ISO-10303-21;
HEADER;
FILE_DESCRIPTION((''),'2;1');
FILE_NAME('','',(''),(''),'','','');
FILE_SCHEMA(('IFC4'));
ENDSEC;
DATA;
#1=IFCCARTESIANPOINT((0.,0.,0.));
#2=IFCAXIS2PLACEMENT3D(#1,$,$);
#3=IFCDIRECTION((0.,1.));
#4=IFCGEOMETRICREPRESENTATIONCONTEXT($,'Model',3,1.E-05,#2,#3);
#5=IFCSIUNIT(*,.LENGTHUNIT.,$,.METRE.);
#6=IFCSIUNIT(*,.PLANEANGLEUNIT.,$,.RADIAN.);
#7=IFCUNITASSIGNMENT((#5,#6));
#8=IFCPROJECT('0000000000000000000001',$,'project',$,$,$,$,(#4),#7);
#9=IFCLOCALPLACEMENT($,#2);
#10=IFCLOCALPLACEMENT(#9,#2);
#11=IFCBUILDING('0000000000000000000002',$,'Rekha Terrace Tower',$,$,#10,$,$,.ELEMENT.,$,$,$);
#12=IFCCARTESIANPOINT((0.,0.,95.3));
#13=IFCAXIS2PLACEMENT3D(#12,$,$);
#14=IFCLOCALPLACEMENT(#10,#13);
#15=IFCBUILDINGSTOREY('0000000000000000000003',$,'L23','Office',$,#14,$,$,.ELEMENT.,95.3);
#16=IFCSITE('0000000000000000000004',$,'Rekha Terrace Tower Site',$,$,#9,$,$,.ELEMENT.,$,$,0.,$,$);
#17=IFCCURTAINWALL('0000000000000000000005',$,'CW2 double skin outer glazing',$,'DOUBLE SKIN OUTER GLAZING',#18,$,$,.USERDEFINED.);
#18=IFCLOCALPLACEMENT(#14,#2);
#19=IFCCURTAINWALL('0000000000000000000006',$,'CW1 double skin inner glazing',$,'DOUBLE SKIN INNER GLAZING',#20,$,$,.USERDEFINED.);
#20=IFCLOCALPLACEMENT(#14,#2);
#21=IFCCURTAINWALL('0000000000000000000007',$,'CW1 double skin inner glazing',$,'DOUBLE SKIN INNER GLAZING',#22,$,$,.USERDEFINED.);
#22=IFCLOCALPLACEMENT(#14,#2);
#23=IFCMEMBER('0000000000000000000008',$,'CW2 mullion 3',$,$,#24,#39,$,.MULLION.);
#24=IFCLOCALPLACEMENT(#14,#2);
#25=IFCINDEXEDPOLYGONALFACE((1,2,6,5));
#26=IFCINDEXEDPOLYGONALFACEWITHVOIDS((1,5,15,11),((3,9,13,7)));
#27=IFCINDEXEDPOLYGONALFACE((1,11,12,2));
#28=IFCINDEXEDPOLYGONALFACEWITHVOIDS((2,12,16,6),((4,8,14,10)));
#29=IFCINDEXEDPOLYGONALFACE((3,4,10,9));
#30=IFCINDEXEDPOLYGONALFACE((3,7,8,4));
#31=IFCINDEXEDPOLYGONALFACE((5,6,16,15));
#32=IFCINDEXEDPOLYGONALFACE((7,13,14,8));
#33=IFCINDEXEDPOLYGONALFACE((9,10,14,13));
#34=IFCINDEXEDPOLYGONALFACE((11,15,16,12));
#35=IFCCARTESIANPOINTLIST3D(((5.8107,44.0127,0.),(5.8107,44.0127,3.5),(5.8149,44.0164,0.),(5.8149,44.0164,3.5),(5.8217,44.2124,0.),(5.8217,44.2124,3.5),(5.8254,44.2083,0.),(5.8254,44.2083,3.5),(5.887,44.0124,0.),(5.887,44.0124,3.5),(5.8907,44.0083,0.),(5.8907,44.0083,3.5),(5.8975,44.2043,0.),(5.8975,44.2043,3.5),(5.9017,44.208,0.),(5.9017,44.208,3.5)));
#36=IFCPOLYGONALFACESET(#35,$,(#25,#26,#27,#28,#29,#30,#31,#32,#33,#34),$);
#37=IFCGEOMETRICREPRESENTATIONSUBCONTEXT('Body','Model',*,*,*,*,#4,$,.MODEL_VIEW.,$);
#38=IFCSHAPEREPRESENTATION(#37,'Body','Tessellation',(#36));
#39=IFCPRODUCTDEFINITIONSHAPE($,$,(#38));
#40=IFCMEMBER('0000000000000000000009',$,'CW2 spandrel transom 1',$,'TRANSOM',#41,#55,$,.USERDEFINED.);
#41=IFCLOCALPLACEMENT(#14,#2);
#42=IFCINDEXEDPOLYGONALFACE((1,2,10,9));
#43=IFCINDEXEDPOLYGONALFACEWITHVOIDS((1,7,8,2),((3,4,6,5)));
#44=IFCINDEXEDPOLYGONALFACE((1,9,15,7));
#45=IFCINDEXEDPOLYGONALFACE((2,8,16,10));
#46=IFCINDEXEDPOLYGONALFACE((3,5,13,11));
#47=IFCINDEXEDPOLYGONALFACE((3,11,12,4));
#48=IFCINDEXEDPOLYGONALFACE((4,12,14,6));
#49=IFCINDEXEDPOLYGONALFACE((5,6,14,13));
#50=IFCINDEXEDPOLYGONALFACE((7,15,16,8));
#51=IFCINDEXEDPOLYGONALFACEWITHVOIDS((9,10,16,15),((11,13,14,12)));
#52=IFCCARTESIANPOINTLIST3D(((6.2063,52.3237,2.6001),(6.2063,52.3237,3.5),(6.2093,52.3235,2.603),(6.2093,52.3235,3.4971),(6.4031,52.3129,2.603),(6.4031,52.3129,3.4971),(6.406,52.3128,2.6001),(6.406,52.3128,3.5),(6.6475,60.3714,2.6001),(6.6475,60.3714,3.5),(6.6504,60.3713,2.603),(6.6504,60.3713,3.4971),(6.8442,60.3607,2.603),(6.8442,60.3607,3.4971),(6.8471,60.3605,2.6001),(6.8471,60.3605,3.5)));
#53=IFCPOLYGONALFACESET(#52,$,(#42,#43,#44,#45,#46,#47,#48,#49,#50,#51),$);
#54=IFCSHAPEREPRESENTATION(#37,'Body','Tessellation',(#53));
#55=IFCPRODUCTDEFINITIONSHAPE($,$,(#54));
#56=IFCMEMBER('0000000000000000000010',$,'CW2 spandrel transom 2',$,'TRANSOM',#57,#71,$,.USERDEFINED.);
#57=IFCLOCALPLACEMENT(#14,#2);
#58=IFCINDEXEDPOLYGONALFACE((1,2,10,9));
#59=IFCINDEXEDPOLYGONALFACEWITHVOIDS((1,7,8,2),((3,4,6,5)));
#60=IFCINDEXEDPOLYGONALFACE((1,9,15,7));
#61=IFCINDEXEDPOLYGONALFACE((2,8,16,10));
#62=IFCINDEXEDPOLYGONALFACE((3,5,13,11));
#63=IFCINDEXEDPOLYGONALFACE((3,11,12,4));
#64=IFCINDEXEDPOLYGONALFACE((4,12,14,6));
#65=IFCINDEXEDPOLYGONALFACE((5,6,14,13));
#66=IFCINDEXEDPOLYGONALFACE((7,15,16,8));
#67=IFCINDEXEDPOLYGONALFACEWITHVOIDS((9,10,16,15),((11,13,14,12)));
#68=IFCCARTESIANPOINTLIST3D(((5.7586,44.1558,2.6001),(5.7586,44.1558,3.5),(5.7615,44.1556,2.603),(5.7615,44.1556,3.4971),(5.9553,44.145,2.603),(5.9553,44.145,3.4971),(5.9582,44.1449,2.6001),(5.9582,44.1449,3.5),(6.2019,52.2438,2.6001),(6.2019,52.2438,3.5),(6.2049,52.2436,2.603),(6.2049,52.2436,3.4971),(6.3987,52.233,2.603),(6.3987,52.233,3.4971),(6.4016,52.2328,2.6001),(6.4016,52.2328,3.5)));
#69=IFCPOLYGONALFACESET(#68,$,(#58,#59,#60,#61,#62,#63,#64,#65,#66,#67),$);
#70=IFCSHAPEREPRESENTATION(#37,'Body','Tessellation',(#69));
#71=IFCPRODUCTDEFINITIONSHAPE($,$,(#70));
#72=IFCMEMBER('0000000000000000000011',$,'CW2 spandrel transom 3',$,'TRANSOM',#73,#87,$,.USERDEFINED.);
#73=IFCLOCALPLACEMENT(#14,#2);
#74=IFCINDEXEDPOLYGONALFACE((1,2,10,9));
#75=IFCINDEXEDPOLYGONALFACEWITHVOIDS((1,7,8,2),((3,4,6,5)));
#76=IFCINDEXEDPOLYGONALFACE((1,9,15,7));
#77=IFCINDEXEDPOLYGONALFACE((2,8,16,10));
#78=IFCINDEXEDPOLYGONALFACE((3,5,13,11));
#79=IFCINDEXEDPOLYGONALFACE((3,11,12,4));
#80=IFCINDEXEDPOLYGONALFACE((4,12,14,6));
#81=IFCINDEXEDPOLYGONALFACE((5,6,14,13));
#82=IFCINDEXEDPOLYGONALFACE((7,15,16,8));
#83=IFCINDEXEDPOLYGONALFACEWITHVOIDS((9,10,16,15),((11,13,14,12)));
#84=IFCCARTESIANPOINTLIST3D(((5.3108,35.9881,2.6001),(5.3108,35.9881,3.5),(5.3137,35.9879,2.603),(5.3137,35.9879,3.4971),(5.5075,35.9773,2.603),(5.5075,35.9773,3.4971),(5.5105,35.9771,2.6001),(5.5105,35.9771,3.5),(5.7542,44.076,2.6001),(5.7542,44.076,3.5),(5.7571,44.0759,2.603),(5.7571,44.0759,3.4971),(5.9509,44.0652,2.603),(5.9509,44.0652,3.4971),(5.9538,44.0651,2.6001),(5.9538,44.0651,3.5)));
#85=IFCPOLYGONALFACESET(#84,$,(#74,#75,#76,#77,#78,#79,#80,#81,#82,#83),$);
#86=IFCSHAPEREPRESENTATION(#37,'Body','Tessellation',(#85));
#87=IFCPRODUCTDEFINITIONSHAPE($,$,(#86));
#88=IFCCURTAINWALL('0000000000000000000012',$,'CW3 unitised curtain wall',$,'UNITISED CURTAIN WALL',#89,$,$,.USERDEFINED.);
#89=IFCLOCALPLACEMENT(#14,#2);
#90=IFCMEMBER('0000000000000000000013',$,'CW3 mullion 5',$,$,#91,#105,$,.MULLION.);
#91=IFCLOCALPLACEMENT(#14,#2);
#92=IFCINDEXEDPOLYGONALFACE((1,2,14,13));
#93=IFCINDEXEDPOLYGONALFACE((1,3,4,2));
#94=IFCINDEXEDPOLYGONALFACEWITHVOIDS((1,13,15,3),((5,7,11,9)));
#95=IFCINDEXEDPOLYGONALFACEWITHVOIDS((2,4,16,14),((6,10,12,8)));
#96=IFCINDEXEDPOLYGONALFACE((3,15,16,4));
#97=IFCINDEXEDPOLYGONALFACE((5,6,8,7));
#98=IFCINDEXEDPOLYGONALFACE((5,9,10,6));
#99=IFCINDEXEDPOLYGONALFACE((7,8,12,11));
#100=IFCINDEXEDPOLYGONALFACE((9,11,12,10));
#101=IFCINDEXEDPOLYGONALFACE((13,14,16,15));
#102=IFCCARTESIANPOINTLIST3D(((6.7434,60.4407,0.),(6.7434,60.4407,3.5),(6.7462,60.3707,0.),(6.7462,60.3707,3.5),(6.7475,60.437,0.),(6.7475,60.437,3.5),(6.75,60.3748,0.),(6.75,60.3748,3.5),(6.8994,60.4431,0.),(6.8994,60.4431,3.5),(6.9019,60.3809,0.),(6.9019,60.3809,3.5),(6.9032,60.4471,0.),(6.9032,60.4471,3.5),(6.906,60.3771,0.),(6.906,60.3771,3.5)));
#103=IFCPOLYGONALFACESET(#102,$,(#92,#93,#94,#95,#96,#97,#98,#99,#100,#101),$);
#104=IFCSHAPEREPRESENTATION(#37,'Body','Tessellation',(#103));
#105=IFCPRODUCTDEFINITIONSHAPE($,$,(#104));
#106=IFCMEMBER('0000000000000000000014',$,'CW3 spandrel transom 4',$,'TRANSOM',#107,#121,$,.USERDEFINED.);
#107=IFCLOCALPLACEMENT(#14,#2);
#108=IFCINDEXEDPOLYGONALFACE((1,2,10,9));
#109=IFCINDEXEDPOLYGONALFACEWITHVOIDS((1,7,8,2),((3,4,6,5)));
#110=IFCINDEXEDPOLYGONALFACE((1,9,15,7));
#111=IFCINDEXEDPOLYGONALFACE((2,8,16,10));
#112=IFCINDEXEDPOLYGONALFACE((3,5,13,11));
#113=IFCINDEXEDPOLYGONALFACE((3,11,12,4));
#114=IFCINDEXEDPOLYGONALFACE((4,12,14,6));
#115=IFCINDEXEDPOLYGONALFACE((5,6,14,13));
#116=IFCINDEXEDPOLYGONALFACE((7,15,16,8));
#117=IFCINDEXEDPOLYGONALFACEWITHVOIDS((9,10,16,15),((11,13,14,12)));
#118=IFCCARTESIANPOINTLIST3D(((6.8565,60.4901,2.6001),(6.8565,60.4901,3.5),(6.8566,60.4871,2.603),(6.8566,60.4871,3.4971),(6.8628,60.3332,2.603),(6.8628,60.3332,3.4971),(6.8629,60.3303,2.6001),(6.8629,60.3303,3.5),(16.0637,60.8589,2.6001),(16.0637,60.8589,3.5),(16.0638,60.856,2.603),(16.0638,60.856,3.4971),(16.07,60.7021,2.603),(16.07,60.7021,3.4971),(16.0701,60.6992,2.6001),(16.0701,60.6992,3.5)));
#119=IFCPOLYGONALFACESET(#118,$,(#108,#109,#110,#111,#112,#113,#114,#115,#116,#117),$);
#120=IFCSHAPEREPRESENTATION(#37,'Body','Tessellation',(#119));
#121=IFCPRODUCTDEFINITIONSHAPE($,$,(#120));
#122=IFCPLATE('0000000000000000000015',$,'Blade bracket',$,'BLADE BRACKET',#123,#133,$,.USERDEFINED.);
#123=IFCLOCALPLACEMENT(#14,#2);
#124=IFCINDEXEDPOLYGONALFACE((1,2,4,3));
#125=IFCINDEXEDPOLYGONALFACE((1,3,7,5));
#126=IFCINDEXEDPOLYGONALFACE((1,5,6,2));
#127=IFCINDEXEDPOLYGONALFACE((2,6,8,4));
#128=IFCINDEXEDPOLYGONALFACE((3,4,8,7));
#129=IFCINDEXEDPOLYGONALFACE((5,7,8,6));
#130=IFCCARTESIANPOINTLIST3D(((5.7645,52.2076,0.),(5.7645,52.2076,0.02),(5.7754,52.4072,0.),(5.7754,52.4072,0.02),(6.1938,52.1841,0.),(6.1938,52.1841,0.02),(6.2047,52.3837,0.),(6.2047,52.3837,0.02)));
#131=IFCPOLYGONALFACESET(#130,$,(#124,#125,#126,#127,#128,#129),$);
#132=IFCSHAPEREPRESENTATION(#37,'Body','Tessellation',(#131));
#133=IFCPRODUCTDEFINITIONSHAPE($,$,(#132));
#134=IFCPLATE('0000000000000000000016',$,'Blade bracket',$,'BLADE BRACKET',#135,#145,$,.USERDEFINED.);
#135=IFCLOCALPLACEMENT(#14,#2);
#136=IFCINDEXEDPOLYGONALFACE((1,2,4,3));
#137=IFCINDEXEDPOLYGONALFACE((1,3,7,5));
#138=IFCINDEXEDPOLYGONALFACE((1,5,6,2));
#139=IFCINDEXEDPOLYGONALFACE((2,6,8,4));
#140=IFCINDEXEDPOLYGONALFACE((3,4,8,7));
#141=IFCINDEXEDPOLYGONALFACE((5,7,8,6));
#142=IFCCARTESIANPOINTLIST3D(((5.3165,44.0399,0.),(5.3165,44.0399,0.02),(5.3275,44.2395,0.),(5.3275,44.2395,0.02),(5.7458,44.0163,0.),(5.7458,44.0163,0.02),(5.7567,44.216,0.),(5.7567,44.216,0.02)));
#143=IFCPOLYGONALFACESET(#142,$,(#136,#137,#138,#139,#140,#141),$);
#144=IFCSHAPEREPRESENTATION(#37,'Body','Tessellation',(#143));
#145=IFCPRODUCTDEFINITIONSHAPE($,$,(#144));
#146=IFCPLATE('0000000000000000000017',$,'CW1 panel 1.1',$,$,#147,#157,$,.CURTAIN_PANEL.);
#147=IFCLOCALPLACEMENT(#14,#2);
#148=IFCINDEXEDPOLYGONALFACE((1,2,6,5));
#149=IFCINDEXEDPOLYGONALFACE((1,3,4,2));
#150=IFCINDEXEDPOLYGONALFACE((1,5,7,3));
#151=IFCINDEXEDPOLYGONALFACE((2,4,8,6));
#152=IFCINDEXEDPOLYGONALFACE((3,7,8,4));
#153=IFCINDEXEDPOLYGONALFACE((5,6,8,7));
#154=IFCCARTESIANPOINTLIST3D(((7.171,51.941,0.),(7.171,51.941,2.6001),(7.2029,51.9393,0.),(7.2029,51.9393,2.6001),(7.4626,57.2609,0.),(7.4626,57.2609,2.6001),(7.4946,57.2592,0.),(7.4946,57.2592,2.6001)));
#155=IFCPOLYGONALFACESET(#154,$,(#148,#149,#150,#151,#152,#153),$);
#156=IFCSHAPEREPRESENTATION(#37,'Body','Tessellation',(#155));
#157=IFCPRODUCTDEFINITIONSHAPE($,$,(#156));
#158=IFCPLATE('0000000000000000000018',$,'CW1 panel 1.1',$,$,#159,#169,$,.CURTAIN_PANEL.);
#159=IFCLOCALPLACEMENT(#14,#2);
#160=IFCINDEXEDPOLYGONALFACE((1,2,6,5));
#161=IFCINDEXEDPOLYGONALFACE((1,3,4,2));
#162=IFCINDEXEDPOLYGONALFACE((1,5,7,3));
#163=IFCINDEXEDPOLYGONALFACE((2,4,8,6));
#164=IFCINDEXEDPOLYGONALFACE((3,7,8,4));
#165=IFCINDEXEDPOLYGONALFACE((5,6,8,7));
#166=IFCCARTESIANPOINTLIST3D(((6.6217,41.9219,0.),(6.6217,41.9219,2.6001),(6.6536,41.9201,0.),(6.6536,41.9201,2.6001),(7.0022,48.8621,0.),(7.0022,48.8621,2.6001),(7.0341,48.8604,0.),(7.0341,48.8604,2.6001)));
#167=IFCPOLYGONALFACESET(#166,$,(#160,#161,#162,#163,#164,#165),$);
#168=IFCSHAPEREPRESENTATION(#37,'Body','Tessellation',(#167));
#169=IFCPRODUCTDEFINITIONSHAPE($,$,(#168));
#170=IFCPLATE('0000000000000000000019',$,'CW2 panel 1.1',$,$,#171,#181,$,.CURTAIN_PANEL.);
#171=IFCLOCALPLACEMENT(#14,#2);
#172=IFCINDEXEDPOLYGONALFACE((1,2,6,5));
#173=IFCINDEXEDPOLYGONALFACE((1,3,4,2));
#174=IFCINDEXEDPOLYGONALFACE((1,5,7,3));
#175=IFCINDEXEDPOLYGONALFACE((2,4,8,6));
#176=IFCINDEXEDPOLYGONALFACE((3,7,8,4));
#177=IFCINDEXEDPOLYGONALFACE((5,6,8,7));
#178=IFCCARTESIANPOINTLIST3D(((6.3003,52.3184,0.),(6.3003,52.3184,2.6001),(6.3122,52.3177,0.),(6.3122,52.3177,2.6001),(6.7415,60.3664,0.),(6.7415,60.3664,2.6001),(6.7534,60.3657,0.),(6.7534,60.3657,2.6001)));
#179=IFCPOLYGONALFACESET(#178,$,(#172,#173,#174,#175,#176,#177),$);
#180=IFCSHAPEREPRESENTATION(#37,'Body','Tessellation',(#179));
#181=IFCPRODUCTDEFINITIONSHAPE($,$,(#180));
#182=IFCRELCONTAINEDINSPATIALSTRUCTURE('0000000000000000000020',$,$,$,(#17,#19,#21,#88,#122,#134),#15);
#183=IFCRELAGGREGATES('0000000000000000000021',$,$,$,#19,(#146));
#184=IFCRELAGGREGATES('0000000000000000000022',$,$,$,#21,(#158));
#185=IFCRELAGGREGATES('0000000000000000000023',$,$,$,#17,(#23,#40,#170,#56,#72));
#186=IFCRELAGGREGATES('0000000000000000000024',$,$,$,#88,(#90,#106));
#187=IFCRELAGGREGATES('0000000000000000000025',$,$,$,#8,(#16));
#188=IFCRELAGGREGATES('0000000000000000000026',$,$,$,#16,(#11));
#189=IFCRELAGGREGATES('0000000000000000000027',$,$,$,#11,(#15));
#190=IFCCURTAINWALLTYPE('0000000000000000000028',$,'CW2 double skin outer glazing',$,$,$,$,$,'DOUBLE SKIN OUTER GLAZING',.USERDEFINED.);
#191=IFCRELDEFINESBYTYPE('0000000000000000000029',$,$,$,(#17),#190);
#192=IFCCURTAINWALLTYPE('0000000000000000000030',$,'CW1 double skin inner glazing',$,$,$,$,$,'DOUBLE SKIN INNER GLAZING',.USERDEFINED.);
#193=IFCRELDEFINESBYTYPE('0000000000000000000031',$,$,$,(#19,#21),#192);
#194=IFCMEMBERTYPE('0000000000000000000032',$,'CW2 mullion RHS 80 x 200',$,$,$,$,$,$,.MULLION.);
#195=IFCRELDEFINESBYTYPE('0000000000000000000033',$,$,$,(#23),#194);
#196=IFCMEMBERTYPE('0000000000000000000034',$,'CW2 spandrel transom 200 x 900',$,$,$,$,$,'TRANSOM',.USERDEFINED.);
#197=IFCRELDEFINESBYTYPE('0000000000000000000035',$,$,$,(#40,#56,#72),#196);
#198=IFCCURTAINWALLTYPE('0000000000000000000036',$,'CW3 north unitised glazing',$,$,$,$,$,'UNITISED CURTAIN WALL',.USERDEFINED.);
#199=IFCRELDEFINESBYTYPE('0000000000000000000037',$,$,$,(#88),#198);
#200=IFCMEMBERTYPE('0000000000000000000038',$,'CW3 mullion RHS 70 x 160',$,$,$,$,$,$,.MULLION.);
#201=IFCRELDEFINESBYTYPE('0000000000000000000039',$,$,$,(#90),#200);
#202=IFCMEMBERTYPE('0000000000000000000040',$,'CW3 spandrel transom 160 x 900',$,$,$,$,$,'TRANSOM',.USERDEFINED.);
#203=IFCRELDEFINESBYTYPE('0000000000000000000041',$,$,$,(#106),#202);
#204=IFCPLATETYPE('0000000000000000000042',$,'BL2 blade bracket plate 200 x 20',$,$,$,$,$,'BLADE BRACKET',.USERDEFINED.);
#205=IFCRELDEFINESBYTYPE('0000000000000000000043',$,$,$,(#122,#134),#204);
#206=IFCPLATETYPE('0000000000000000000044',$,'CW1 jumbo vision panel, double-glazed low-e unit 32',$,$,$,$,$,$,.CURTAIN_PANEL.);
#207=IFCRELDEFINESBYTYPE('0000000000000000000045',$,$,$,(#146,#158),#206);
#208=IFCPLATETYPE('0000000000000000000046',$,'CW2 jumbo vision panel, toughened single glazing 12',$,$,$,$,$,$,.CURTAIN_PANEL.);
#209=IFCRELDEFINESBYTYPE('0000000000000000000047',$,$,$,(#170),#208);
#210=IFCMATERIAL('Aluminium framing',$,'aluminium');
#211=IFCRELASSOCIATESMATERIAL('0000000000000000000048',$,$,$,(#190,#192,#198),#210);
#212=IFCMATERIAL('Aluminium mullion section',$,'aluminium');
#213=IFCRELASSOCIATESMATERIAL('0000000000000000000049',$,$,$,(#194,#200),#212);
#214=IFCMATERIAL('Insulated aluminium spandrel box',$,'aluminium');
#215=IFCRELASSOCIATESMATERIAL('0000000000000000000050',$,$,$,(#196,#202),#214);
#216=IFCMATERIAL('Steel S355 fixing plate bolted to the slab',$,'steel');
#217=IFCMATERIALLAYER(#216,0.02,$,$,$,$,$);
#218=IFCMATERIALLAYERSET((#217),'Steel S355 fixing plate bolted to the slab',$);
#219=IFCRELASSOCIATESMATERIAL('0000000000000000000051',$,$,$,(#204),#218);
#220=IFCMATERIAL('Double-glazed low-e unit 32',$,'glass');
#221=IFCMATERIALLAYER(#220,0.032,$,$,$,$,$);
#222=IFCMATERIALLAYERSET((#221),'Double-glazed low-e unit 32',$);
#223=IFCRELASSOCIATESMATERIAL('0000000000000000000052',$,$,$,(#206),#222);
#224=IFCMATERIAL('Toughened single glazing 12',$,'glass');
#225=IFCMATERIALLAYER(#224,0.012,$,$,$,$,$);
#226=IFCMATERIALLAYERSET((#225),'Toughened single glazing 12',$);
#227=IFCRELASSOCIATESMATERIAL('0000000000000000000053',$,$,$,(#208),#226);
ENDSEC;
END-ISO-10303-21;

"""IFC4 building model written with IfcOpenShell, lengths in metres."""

from ifc_helpers import new_model, si_unit, direction, frame, origin, origin_2d, place, context, subcontext, project, spatial, rectangle, hollow_rectangle, extrude, material, layer, layer_set, material_profile, profile_set, type_object, element, aggregate, save


model = new_model("IFC4")

# Units and contexts
model_context = context("Model", 3, precision=1e-05, world=origin(), true_north=direction((0.0, 1.0)))
body_context = subcontext(model_context, "Body", "Model", "MODEL_VIEW")
ifc_project = project(units=[si_unit("LENGTHUNIT", "METRE"), si_unit("PLANEANGLEUNIT", "RADIAN")], contexts=[model_context])

# Site, building, storey
site_placement = place(None, origin())
site = spatial("IfcSite", under=ifc_project, at=site_placement, Name="Rekha Terrace Tower Site", CompositionType="ELEMENT", RefElevation=0.0)
building_placement = place(site_placement, origin())
building = spatial("IfcBuilding", under=site, at=building_placement, Name="Rekha Terrace Tower", CompositionType="ELEMENT")
storey_placement = place(building_placement, frame((0.0, 0.0, 95.3)))
storey = spatial("IfcBuildingStorey", under=building, at=storey_placement, Name="L23", Description="Office", CompositionType="ELEMENT", Elevation=95.3)

# Curtain walls
ifc_material_1 = material(Name="Aluminium framing", Category="aluminium")
curtain_wall_type_1 = type_object("IfcCurtainWallType", Name="CW2 double skin outer glazing", ElementType="DOUBLE SKIN OUTER GLAZING", PredefinedType="USERDEFINED", material=ifc_material_1)
curtain_wall_1_placement = place(storey_placement, origin())
curtain_wall_1 = element("IfcCurtainWall", 1, at=curtain_wall_1_placement, inside=storey, type_object=curtain_wall_type_1, Name="CW2 double skin outer glazing", ObjectType="DOUBLE SKIN OUTER GLAZING", PredefinedType="USERDEFINED")
curtain_wall_type_2 = type_object("IfcCurtainWallType", Name="CW1 double skin inner glazing", ElementType="DOUBLE SKIN INNER GLAZING", PredefinedType="USERDEFINED", material=ifc_material_1)
curtain_wall_2_placement = place(storey_placement, origin())
curtain_wall_2 = element("IfcCurtainWall", 2, at=curtain_wall_2_placement, inside=storey, type_object=curtain_wall_type_2, Name="CW1 double skin inner glazing", ObjectType="DOUBLE SKIN INNER GLAZING", PredefinedType="USERDEFINED")
ifc_material_2 = material(Name="Aluminium mullion section", Category="aluminium")

# Curtain wall
curtain_wall_3_placement = place(storey_placement, origin())
curtain_wall_3 = element("IfcCurtainWall", 3, at=curtain_wall_3_placement, inside=storey, type_object=curtain_wall_type_2, Name="CW1 double skin inner glazing", ObjectType="DOUBLE SKIN INNER GLAZING", PredefinedType="USERDEFINED")

# Members
ifc_material_3 = material(Name="Insulated aluminium spandrel box", Category="aluminium")
ifc_material_profile_1 = material_profile(ifc_material_2, hollow_rectangle(XDim=0.0801, YDim=0.2, WallThickness=0.0039, at=origin_2d()), Name="AL RHS 80x200")
ifc_profile_set_1 = profile_set([ifc_material_profile_1], Name="Aluminium mullion section")
member_type_1 = type_object("IfcMemberType", Name="CW2 mullion RHS 80 x 200", PredefinedType="MULLION", material=ifc_profile_set_1)
member_1_placement = place(storey_placement, frame((5.8562, 44.1104, 0.0), z_axis=(0.0, 0.0, 1.0), x_axis=(0.998501, -0.054742, 0.0)))
member_1 = element("IfcMember", 4, at=member_1_placement, type_object=member_type_1, Name="CW2 mullion 3", PredefinedType="MULLION", context=body_context, shape_type="SweptSolid", body=[
    extrude(hollow_rectangle(XDim=0.0801, YDim=0.2, WallThickness=0.0039, at=origin_2d()), origin(), (0.0, 0.0, 1.0), 3.5),
])
ifc_material_profile_2 = material_profile(ifc_material_3, hollow_rectangle(XDim=0.2, YDim=0.8999, WallThickness=0.0029, at=origin_2d()), Name="AL SPANDREL BOX 200x900")
ifc_profile_set_2 = profile_set([ifc_material_profile_2], Name="Insulated aluminium spandrel box")
member_type_2 = type_object("IfcMemberType", Name="CW2 spandrel transom 200 x 900", ElementType="TRANSOM", PredefinedType="USERDEFINED", material=ifc_profile_set_2)
member_2_placement = place(storey_placement, frame((6.7473, 60.366, 3.05), z_axis=(-0.054735, -0.998501, 0.0), x_axis=(0.998501, -0.054735, 0.0)))
member_2 = element("IfcMember", 5, at=member_2_placement, type_object=member_type_2, Name="CW2 spandrel transom 1", ObjectType="TRANSOM", PredefinedType="USERDEFINED", context=body_context, shape_type="SweptSolid", body=[
    extrude(hollow_rectangle(XDim=0.2, YDim=0.8999, WallThickness=0.0029, at=origin_2d()), origin(), (0.0, 0.0, 1.0), 8.0598),
])
member_3_placement = place(storey_placement, frame((6.3018, 52.2383, 3.05), z_axis=(-0.054735, -0.998501, 0.0), x_axis=(0.998501, -0.054735, 0.0)))
member_3 = element("IfcMember", 6, at=member_3_placement, type_object=member_type_2, Name="CW2 spandrel transom 2", ObjectType="TRANSOM", PredefinedType="USERDEFINED", context=body_context, shape_type="SweptSolid", body=[
    extrude(hollow_rectangle(XDim=0.2, YDim=0.8999, WallThickness=0.0029, at=origin_2d()), origin(), (0.0, 0.0, 1.0), 8.1001),
])
member_4_placement = place(storey_placement, frame((5.854, 44.0706, 3.05), z_axis=(-0.054735, -0.998501, 0.0), x_axis=(0.998501, -0.054735, 0.0)))
member_4 = element("IfcMember", 7, at=member_4_placement, type_object=member_type_2, Name="CW2 spandrel transom 3", ObjectType="TRANSOM", PredefinedType="USERDEFINED", context=body_context, shape_type="SweptSolid", body=[
    extrude(hollow_rectangle(XDim=0.2, YDim=0.8999, WallThickness=0.0029, at=origin_2d()), origin(), (0.0, 0.0, 1.0), 8.1001),
])

# Curtain wall, members
curtain_wall_type_3 = type_object("IfcCurtainWallType", Name="CW3 north unitised glazing", ElementType="UNITISED CURTAIN WALL", PredefinedType="USERDEFINED", material=ifc_material_1)
curtain_wall_4_placement = place(storey_placement, origin())
curtain_wall_4 = element("IfcCurtainWall", 8, at=curtain_wall_4_placement, inside=storey, type_object=curtain_wall_type_3, Name="CW3 unitised curtain wall", ObjectType="UNITISED CURTAIN WALL", PredefinedType="USERDEFINED")
ifc_material_profile_3 = material_profile(ifc_material_2, hollow_rectangle(XDim=0.0701, YDim=0.1599, WallThickness=0.0039, at=origin_2d()), Name="AL RHS 70x160")
ifc_profile_set_3 = profile_set([ifc_material_profile_3], Name="Aluminium mullion section")
member_type_3 = type_object("IfcMemberType", Name="CW3 mullion RHS 70 x 160", PredefinedType="MULLION", material=ifc_profile_set_3)
member_5_placement = place(storey_placement, frame((6.8247, 60.4089, 0.0), z_axis=(0.0, 0.0, 1.0), x_axis=(0.040032, -0.999198, 0.0)))
member_5 = element("IfcMember", 9, at=member_5_placement, type_object=member_type_3, Name="CW3 mullion 5", PredefinedType="MULLION", context=body_context, shape_type="SweptSolid", body=[
    extrude(hollow_rectangle(XDim=0.0701, YDim=0.1599, WallThickness=0.0039, at=origin_2d()), origin(), (0.0, 0.0, 1.0), 3.5),
])
ifc_material_profile_4 = material_profile(ifc_material_3, hollow_rectangle(XDim=0.1599, YDim=0.8999, WallThickness=0.0029, at=origin_2d()), Name="AL SPANDREL BOX 160x900")
ifc_profile_set_4 = profile_set([ifc_material_profile_4], Name="Insulated aluminium spandrel box")
member_type_4 = type_object("IfcMemberType", Name="CW3 spandrel transom 160 x 900", ElementType="TRANSOM", PredefinedType="USERDEFINED", material=ifc_profile_set_4)
member_6_placement = place(storey_placement, frame((16.0669, 60.7791, 3.05), z_axis=(-0.999198, -0.040034, 0.0), x_axis=(0.040034, -0.999198, 0.0)))
member_6 = element("IfcMember", 10, at=member_6_placement, type_object=member_type_4, Name="CW3 spandrel transom 4", ObjectType="TRANSOM", PredefinedType="USERDEFINED", context=body_context, shape_type="SweptSolid", body=[
    extrude(hollow_rectangle(XDim=0.1599, YDim=0.8999, WallThickness=0.0029, at=origin_2d()), origin(), (0.0, 0.0, 1.0), 9.2146),
])

# Plates
ifc_material_4 = material(Name="Steel S355 fixing plate bolted to the slab", Category="steel")
ifc_layer_1 = layer(ifc_material_4, 0.02)
ifc_layer_set_1 = layer_set([ifc_layer_1], Name="Steel S355 fixing plate bolted to the slab")
plate_type_1 = type_object("IfcPlateType", Name="BL2 blade bracket plate 200 x 20", ElementType="BLADE BRACKET", PredefinedType="USERDEFINED", material=ifc_layer_set_1)
for number, where, z_axis, x_axis, name in (
    (11, (5.9846, 52.2957, 0.0), (0.0, 0.0, 1.0), (-0.9985, 0.054743, 0.0), "Blade bracket"),
    (12, (5.5366, 44.1279, 0.0), (0.0, 0.0, 1.0), (-0.9985, 0.054743, 0.0), "Blade bracket"),
):
    element("IfcPlate", number, at=place(storey_placement, frame(where, z_axis=z_axis, x_axis=x_axis)), inside=storey, type_object=plate_type_1, Name=name, ObjectType="BLADE BRACKET", PredefinedType="USERDEFINED", context=body_context, shape_type="SweptSolid", body=[
        extrude(rectangle(XDim=0.4299, YDim=0.2, at=origin_2d()), origin(), (0.0, 0.0, 1.0), 0.02),
    ])

# Plates
ifc_material_5 = material(Name="Double-glazed low-e unit 32", Category="glass")
ifc_layer_2 = layer(ifc_material_5, 0.032)
ifc_layer_set_2 = layer_set([ifc_layer_2], Name="Double-glazed low-e unit 32")
plate_type_2 = type_object("IfcPlateType", Name="CW1 jumbo vision panel, double-glazed low-e unit 32", PredefinedType="CURTAIN_PANEL", material=ifc_layer_set_2)
plate_1_placement = place(storey_placement, frame((7.3328, 54.6001, 0.0), z_axis=(0.0, 0.0, 1.0), x_axis=(-0.054742, -0.998501, 0.0)))
plate_1 = element("IfcPlate", 13, at=plate_1_placement, type_object=plate_type_2, Name="CW1 panel 1.1", PredefinedType="CURTAIN_PANEL", context=body_context, shape_type="SweptSolid", body=[
    extrude(rectangle(XDim=5.3279, YDim=0.032, at=origin_2d()), origin(), (0.0, 0.0, 1.0), 2.6001),
])
aggregate(curtain_wall_2, [plate_1])
plate_2_placement = place(storey_placement, frame((6.8279, 45.3911, 0.0), z_axis=(0.0, 0.0, 1.0), x_axis=(-0.054742, -0.998501, 0.0)))
plate_2 = element("IfcPlate", 14, at=plate_2_placement, type_object=plate_type_2, Name="CW1 panel 1.1", PredefinedType="CURTAIN_PANEL", context=body_context, shape_type="SweptSolid", body=[
    extrude(rectangle(XDim=6.9507, YDim=0.032, at=origin_2d()), origin(), (0.0, 0.0, 1.0), 2.6001),
])
aggregate(curtain_wall_3, [plate_2])
ifc_material_6 = material(Name="Toughened single glazing 12", Category="glass")
ifc_layer_3 = layer(ifc_material_6, 0.012)
ifc_layer_set_3 = layer_set([ifc_layer_3], Name="Toughened single glazing 12")
plate_type_3 = type_object("IfcPlateType", Name="CW2 jumbo vision panel, toughened single glazing 12", PredefinedType="CURTAIN_PANEL", material=ifc_layer_set_3)
plate_3_placement = place(storey_placement, frame((6.5269, 56.342, 0.0), z_axis=(0.0, 0.0, 1.0), x_axis=(-0.054742, -0.998501, 0.0)))
plate_3 = element("IfcPlate", 15, at=plate_3_placement, type_object=plate_type_3, Name="CW2 panel 1.1", PredefinedType="CURTAIN_PANEL", context=body_context, shape_type="SweptSolid", body=[
    extrude(rectangle(XDim=8.0601, YDim=0.012, at=origin_2d()), origin(), (0.0, 0.0, 1.0), 2.6001),
])
aggregate(curtain_wall_1, [member_1, member_2, plate_3, member_3, member_4])
aggregate(curtain_wall_4, [member_5, member_6])

save(model, "model.ifc")
